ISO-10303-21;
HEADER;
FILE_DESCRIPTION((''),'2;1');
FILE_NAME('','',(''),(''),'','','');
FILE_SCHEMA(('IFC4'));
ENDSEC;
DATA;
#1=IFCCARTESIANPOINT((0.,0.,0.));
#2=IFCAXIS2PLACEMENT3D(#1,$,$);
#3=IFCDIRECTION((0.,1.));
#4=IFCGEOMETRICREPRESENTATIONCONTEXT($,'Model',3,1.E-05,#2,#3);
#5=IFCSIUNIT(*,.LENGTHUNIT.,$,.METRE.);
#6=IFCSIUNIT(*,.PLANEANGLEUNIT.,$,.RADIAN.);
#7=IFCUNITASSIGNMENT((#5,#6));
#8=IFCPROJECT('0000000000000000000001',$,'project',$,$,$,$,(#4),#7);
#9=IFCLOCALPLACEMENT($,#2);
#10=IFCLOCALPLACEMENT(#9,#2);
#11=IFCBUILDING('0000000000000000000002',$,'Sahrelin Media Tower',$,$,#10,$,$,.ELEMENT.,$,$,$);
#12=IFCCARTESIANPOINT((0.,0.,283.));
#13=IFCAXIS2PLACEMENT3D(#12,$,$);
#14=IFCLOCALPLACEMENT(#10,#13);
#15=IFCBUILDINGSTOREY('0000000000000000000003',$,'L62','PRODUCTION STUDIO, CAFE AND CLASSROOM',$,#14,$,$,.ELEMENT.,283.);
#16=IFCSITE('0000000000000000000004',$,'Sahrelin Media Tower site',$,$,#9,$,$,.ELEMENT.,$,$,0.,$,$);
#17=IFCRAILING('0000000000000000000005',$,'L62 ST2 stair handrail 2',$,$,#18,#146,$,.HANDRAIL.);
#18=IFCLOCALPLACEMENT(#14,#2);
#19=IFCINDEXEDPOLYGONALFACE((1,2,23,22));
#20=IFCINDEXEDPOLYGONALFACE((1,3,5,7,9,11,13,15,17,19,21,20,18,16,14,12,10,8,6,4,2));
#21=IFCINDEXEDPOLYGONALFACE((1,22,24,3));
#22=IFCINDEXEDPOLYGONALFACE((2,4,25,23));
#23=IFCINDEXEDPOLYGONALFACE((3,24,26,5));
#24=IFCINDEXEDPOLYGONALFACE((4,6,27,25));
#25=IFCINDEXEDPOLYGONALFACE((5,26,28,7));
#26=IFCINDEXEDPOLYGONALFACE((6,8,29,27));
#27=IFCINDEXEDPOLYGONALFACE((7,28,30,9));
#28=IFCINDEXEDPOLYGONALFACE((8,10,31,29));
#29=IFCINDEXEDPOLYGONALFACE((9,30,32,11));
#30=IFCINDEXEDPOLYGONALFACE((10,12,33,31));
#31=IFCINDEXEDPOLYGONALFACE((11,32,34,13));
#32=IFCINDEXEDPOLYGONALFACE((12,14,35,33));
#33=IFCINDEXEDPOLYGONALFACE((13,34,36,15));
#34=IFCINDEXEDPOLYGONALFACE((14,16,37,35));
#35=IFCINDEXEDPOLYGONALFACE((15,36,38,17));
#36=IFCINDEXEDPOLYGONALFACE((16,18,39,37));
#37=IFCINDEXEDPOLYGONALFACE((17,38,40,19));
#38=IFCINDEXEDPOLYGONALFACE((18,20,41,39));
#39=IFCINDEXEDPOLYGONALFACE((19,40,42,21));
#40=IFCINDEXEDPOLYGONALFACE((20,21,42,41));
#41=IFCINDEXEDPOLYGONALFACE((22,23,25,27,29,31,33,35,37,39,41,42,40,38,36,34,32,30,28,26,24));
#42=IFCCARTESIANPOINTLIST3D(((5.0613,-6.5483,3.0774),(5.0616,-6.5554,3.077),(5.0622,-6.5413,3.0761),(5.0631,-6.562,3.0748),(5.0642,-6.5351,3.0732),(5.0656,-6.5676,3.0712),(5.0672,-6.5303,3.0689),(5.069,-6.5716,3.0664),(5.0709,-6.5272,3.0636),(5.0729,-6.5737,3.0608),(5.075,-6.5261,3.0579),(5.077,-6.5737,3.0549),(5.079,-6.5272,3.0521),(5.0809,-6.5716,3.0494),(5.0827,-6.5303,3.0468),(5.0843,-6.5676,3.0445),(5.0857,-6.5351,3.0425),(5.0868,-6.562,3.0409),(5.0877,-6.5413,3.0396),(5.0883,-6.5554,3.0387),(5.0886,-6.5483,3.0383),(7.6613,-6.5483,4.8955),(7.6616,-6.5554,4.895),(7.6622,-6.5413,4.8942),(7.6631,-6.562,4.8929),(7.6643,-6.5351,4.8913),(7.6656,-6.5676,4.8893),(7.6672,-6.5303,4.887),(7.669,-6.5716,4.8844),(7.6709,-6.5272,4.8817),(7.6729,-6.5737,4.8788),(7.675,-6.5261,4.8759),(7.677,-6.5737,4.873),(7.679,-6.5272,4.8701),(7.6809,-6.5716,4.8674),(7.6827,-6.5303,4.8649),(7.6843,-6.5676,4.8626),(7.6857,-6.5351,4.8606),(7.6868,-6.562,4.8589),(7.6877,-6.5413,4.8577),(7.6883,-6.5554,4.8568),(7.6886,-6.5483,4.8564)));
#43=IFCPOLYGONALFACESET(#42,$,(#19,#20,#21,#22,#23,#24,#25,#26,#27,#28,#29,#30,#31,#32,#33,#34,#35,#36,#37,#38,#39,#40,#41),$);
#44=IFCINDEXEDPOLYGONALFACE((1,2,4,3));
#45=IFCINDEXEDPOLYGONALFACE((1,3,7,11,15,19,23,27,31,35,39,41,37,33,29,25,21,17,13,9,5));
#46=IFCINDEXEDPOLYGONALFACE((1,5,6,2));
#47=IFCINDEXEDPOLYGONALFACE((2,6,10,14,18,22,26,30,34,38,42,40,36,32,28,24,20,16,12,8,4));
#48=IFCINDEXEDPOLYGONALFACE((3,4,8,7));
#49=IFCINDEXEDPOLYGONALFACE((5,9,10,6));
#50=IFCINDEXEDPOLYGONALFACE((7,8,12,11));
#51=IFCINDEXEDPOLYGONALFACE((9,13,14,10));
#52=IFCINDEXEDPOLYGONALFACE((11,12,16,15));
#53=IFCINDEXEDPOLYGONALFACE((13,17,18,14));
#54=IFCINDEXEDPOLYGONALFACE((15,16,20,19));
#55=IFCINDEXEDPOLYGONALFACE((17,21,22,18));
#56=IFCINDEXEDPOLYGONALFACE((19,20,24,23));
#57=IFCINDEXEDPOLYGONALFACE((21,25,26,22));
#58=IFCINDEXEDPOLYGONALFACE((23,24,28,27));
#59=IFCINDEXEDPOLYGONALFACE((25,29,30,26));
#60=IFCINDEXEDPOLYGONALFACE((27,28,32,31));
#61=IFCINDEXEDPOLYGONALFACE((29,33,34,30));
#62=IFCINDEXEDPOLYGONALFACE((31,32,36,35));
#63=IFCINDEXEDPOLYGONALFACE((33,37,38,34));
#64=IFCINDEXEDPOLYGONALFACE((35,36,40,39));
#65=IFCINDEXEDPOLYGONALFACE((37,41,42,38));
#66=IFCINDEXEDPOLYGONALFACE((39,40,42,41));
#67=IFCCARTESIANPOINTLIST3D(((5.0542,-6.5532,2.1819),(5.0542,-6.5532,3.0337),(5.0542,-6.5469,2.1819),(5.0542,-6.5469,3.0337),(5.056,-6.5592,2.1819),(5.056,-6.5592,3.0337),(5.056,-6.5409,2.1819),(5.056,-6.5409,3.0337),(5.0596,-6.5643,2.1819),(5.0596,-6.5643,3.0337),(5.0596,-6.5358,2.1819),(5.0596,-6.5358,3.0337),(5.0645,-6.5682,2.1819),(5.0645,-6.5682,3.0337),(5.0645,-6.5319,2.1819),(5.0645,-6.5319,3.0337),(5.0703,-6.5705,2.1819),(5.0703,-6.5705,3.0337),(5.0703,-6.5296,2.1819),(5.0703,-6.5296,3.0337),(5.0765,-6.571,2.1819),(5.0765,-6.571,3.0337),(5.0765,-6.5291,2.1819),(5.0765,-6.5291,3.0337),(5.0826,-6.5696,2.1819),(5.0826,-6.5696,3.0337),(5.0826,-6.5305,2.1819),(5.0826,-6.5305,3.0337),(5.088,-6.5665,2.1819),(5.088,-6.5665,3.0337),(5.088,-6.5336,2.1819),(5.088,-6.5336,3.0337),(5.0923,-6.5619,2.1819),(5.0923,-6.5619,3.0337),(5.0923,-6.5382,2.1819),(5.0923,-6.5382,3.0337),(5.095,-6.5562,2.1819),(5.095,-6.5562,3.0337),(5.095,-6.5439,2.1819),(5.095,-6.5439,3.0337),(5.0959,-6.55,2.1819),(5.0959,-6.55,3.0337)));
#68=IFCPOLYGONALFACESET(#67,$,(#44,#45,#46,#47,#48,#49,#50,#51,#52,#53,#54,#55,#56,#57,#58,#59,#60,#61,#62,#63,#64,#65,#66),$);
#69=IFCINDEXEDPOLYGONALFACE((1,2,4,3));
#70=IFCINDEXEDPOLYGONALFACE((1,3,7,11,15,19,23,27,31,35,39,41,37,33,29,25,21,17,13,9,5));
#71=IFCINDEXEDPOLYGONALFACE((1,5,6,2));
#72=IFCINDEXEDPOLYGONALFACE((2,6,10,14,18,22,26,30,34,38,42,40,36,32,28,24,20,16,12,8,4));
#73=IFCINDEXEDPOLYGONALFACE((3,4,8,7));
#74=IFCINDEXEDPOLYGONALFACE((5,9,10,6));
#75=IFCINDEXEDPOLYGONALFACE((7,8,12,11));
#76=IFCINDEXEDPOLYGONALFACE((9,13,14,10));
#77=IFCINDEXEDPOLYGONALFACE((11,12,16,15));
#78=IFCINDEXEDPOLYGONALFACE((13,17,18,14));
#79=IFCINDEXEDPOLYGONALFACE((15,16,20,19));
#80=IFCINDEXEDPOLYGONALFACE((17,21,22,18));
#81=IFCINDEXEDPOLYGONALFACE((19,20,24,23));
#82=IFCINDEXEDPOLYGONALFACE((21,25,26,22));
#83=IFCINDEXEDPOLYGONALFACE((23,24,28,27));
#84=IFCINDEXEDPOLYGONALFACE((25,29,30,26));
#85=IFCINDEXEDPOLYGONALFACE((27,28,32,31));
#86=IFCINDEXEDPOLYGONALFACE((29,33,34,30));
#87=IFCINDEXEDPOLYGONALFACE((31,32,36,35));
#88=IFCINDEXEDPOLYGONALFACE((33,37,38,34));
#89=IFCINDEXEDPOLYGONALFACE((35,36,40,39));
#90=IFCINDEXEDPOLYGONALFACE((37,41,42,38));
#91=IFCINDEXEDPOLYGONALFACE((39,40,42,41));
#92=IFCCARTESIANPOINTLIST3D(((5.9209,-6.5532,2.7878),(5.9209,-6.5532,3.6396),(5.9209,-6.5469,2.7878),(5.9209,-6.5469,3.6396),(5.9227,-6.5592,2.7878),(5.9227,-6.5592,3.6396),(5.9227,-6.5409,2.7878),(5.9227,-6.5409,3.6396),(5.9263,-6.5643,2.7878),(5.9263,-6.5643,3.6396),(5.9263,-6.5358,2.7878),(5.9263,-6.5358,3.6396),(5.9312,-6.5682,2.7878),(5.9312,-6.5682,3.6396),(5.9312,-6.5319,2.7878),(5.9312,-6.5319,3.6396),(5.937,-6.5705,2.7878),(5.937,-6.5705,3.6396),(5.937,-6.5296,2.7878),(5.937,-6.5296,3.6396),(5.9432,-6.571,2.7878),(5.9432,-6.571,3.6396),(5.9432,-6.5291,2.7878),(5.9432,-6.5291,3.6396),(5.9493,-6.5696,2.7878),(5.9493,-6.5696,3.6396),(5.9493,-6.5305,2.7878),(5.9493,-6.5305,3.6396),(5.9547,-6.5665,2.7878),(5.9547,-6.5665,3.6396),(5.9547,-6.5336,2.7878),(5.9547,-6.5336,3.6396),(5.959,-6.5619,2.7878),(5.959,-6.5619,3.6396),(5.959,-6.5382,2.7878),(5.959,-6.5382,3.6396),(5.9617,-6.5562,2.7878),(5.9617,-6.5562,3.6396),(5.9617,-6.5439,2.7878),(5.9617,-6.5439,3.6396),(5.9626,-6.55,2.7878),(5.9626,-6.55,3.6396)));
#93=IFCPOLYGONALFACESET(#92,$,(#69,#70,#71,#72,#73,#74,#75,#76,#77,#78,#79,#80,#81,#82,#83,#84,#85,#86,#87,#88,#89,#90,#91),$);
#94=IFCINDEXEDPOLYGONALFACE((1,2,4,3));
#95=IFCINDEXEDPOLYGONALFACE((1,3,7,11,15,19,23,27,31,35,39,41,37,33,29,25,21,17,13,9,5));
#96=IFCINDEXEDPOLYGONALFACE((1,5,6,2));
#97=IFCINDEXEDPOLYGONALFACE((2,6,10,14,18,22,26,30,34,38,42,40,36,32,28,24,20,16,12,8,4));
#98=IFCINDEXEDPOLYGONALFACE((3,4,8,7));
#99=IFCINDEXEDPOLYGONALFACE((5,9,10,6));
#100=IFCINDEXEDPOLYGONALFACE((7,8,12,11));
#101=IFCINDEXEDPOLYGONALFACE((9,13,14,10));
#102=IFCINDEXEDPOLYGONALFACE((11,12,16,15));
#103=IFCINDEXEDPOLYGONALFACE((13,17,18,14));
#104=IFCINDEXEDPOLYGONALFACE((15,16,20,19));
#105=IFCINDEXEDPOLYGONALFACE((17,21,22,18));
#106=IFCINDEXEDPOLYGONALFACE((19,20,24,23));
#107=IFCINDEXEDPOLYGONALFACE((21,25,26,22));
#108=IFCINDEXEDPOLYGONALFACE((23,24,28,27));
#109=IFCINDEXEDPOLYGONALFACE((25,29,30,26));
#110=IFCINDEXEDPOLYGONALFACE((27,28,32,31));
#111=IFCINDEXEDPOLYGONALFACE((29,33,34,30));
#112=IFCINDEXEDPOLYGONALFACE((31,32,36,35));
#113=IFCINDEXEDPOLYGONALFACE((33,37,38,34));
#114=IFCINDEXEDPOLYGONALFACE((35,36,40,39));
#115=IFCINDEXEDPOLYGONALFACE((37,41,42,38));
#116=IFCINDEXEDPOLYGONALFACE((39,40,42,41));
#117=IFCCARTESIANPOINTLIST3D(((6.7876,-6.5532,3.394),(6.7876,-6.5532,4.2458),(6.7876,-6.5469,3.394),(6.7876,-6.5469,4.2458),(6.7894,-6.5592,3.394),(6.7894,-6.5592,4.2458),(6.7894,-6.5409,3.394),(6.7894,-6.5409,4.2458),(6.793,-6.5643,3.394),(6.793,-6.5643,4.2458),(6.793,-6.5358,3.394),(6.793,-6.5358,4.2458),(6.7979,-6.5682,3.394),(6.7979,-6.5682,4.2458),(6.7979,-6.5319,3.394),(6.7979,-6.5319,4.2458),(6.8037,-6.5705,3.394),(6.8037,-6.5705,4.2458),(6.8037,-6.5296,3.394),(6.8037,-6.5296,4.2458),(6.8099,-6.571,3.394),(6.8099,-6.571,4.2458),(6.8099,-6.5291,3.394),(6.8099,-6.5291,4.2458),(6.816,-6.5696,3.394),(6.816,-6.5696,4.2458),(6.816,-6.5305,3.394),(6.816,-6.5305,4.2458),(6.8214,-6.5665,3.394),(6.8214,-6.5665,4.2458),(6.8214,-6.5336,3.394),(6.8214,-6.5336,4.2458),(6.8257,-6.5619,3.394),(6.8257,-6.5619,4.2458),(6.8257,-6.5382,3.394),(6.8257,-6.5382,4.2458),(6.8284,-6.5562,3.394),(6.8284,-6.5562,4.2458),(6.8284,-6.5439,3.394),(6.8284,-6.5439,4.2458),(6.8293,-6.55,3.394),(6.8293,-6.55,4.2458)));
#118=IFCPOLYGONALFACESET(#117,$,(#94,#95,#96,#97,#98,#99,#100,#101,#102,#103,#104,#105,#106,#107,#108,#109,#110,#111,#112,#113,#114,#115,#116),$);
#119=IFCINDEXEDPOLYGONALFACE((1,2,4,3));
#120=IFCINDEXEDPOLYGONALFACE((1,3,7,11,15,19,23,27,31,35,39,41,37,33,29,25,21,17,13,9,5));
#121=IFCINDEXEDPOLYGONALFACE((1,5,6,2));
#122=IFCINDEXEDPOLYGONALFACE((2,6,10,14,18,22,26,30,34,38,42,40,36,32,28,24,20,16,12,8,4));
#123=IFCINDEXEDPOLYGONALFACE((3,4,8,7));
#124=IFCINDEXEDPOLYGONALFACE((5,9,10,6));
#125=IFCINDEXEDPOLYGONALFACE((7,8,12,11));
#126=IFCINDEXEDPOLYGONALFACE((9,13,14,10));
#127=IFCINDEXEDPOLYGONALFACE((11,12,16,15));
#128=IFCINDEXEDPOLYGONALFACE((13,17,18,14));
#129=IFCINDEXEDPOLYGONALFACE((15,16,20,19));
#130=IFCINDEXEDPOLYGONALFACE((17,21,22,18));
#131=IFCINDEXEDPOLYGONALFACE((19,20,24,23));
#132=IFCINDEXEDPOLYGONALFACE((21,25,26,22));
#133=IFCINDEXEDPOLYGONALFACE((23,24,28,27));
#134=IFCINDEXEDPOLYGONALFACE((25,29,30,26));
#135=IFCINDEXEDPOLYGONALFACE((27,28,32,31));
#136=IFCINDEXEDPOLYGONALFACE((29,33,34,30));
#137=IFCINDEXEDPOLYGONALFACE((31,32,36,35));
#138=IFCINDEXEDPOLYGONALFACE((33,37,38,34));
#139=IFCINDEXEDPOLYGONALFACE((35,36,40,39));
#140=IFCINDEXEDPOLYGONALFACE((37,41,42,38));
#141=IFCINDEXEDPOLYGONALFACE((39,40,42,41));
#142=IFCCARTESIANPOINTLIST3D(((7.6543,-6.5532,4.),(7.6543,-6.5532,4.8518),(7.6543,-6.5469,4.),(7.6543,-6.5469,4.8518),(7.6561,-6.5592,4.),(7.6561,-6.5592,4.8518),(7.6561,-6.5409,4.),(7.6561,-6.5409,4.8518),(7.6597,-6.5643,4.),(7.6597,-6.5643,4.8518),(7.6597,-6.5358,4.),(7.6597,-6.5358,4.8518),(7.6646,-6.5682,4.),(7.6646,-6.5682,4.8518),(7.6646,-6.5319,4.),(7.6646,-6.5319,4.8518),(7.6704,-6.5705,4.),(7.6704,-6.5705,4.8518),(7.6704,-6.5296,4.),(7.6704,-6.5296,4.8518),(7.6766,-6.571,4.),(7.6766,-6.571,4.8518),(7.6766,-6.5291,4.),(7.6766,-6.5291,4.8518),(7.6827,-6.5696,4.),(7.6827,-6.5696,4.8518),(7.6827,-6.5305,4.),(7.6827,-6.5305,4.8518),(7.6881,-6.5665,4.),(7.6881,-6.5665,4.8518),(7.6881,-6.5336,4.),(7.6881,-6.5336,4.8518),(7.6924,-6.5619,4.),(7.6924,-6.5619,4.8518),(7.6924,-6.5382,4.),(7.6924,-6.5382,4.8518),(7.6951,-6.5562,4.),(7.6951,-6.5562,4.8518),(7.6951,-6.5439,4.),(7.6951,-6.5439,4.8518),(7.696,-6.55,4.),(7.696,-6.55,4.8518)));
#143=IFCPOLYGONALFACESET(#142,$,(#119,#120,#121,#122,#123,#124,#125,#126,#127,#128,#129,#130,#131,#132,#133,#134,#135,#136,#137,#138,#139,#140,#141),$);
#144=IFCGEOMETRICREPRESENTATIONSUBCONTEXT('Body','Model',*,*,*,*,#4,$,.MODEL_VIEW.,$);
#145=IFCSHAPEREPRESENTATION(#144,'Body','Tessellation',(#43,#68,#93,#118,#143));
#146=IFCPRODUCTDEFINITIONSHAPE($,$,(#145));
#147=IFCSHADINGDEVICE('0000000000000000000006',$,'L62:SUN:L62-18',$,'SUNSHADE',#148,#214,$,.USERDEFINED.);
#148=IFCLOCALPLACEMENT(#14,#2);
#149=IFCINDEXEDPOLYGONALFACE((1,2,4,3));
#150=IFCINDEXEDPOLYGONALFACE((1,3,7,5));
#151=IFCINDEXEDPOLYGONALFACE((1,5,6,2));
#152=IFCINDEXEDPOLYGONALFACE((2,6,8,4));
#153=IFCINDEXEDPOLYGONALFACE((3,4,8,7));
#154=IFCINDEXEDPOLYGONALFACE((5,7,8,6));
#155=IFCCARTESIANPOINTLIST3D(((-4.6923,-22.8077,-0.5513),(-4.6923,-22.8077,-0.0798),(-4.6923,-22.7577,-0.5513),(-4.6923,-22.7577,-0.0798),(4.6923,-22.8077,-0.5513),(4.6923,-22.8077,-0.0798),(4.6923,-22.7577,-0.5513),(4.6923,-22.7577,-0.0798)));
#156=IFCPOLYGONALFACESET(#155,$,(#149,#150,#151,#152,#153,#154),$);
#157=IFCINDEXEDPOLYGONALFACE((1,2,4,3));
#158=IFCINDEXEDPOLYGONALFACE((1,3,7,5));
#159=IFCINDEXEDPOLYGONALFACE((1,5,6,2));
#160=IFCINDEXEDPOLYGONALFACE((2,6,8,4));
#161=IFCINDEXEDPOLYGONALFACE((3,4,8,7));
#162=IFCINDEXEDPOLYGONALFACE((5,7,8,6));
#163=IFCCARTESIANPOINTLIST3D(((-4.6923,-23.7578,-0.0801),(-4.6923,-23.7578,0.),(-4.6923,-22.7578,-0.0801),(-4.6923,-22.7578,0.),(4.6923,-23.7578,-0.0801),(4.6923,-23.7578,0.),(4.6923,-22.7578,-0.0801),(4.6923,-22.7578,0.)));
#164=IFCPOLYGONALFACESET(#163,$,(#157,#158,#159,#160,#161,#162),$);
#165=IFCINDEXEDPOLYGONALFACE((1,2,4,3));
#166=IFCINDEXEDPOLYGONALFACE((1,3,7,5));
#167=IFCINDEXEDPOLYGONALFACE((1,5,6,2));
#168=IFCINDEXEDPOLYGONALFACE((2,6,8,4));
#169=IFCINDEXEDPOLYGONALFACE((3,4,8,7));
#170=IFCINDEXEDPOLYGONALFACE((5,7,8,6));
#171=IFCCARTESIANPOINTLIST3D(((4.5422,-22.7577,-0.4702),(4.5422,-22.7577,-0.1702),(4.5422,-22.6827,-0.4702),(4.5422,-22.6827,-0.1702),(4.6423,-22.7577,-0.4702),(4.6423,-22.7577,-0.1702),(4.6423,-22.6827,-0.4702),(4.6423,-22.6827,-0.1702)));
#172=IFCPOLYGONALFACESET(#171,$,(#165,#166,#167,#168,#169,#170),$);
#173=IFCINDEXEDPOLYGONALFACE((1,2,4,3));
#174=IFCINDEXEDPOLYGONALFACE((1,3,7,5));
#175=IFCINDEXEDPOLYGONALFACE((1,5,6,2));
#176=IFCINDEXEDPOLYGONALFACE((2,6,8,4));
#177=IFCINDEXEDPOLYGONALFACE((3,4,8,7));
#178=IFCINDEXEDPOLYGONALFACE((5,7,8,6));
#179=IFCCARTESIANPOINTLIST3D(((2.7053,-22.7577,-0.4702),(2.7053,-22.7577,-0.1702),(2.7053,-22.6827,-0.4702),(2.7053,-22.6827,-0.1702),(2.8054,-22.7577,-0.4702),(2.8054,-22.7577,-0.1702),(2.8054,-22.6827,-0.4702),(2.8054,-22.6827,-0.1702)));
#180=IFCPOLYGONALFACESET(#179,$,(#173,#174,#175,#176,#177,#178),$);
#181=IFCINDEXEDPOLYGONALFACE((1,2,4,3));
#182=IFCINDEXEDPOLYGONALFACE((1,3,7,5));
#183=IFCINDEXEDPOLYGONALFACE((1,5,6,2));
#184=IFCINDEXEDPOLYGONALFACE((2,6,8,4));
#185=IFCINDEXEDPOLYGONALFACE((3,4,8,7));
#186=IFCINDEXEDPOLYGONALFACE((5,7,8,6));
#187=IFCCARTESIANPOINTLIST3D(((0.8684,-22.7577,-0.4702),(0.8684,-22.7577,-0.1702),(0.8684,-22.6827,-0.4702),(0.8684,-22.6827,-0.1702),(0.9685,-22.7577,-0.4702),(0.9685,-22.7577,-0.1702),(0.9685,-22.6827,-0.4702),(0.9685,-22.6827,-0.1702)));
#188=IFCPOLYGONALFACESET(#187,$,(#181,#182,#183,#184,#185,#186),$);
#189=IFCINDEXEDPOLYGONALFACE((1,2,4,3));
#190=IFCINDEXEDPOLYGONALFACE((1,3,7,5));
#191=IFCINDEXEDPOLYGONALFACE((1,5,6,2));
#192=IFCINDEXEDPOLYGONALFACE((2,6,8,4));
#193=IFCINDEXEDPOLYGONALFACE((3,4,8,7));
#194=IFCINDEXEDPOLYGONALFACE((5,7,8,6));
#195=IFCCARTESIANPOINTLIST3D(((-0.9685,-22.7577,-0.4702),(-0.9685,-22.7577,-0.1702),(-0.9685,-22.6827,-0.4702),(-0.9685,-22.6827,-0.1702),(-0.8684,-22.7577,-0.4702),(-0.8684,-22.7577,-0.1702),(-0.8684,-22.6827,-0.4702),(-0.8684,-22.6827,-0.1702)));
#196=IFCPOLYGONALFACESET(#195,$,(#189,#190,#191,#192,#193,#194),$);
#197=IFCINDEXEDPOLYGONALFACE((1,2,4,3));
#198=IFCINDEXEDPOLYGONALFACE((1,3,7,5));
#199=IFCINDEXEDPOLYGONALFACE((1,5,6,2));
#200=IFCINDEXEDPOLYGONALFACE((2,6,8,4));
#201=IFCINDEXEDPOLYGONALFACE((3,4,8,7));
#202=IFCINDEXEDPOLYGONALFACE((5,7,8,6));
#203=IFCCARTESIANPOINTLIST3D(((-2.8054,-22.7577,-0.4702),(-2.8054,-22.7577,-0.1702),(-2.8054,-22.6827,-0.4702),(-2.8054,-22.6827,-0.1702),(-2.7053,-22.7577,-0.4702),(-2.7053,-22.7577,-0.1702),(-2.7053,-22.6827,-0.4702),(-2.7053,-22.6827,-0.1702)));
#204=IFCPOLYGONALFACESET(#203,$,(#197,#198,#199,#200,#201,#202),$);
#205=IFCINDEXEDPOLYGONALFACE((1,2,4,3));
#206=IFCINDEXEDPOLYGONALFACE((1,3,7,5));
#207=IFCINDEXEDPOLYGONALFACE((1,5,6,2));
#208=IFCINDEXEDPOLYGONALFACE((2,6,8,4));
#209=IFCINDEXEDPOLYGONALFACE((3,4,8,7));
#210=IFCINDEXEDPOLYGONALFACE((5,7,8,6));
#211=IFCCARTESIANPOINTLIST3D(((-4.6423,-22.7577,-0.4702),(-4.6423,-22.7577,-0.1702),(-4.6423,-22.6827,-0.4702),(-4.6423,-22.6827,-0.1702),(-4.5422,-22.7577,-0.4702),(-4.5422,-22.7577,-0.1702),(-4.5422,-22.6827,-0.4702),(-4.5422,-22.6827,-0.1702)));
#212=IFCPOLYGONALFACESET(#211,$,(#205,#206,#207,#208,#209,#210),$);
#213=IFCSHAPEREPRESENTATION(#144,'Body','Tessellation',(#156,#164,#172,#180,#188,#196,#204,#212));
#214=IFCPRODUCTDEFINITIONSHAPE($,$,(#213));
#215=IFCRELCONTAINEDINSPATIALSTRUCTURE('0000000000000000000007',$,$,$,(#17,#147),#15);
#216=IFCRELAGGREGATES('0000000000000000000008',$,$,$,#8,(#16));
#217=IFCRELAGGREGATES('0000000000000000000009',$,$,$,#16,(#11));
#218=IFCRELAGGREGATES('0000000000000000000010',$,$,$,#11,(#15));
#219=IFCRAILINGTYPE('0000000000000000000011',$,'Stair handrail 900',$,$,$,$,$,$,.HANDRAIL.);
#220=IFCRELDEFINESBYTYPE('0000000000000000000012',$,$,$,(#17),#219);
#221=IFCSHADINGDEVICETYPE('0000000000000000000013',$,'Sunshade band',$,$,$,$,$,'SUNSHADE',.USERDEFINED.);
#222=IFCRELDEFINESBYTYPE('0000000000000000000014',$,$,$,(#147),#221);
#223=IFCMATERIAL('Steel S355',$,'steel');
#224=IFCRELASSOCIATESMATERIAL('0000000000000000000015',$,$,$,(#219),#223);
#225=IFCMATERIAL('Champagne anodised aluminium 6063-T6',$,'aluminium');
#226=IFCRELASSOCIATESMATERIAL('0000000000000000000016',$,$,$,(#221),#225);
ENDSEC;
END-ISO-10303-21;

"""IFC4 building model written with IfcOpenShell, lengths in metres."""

from ifc_helpers import new_model, si_unit, direction, frame, origin, origin_2d, place, context, subcontext, project, spatial, rectangle, circle, extrude, material, type_object, element, save


model = new_model("IFC4")

# Units and contexts
model_context = context("Model", 3, precision=1e-05, world=origin(), true_north=direction((0.0, 1.0)))
body_context = subcontext(model_context, "Body", "Model", "MODEL_VIEW")
ifc_project = project(units=[si_unit("LENGTHUNIT", "METRE"), si_unit("PLANEANGLEUNIT", "RADIAN")], contexts=[model_context])

# Site, building, storey
site_placement = place(None, origin())
site = spatial("IfcSite", under=ifc_project, at=site_placement, Name="Sahrelin Media Tower site", CompositionType="ELEMENT", RefElevation=0.0)
building_placement = place(site_placement, origin())
building = spatial("IfcBuilding", under=site, at=building_placement, Name="Sahrelin Media Tower", CompositionType="ELEMENT")
storey_placement = place(building_placement, frame((0.0, 0.0, 283.0)))
storey = spatial("IfcBuildingStorey", under=building, at=storey_placement, Name="L62", Description="PRODUCTION STUDIO, CAFE AND CLASSROOM", CompositionType="ELEMENT", Elevation=283.0)

# Shared definitions
ifc_material_1 = material(Name="Steel S355", Category="steel")

# Shared definitions
ifc_material_2 = material(Name="Champagne anodised aluminium 6063-T6", Category="aluminium")

# Shared definitions
placement_1 = place(storey_placement, frame((0.0, -22.7378, 0.0), z_axis=(0.0, 0.0, 1.0), x_axis=(-1.0, 0.0, 0.0)))

# Railing
railing_type = type_object("IfcRailingType", Name="Stair handrail 900", PredefinedType="HANDRAIL", material=ifc_material_1)
railing_placement = place(storey_placement, frame((5.075, -6.55, 2.1819)))
element("IfcRailing", 1, at=railing_placement, inside=storey, type_object=railing_type, Name="L62 ST2 stair handrail 2", PredefinedType="HANDRAIL", context=body_context, shape_type="SweptSolid", body=[
    extrude(circle(Radius=0.0239, at=origin_2d()), frame((0.0, 0.0, 0.876), z_axis=(0.819521, 0.0, 0.573049), x_axis=(0.0, 1.0, 0.0)), (0.0, 0.0, 1.0), 3.1726),
    extrude(circle(Radius=0.021, at=origin_2d()), origin(), (0.0, 0.0, 1.0), 0.8518),
    extrude(circle(Radius=0.021, at=origin_2d()), frame((0.8667, 0.0, 0.606)), (0.0, 0.0, 1.0), 0.8518),
    extrude(circle(Radius=0.021, at=origin_2d()), frame((1.7334, 0.0, 1.2122)), (0.0, 0.0, 1.0), 0.8518),
    extrude(circle(Radius=0.021, at=origin_2d()), frame((2.6001, 0.0, 1.8181)), (0.0, 0.0, 1.0), 0.8518),
])

# Shading device
shading_device_type_1 = type_object("IfcShadingDeviceType", Name="Sunshade band", ElementType="SUNSHADE", PredefinedType="USERDEFINED", material=ifc_material_2)
element("IfcShadingDevice", 2, at=placement_1, inside=storey, type_object=shading_device_type_1, Name="L62:SUN:L62-18", ObjectType="SUNSHADE", PredefinedType="USERDEFINED", context=body_context, shape_type="SweptSolid", body=[
    extrude(rectangle(XDim=9.3845, YDim=0.05, at=origin_2d()), frame((0.0, 0.0449, -0.5513)), (0.0, 0.0, 1.0), 0.4714),
    extrude(rectangle(XDim=9.3845, YDim=1.0, at=origin_2d()), frame((0.0, 0.52, -0.0801)), (0.0, 0.0, 1.0), 0.0801),
    extrude(rectangle(XDim=0.1001, YDim=0.075, at=origin_2d()), frame((-4.5923, -0.0176, -0.4702)), (0.0, 0.0, 1.0), 0.3),
    extrude(rectangle(XDim=0.1001, YDim=0.075, at=origin_2d()), frame((-2.7554, -0.0176, -0.4702)), (0.0, 0.0, 1.0), 0.3),
    extrude(rectangle(XDim=0.1001, YDim=0.075, at=origin_2d()), frame((-0.9185, -0.0176, -0.4702)), (0.0, 0.0, 1.0), 0.3),
    extrude(rectangle(XDim=0.1001, YDim=0.075, at=origin_2d()), frame((0.9185, -0.0176, -0.4702)), (0.0, 0.0, 1.0), 0.3),
    extrude(rectangle(XDim=0.1001, YDim=0.075, at=origin_2d()), frame((2.7554, -0.0176, -0.4702)), (0.0, 0.0, 1.0), 0.3),
    extrude(rectangle(XDim=0.1001, YDim=0.075, at=origin_2d()), frame((4.5923, -0.0176, -0.4702)), (0.0, 0.0, 1.0), 0.3),
])

save(model, "model.ifc")
